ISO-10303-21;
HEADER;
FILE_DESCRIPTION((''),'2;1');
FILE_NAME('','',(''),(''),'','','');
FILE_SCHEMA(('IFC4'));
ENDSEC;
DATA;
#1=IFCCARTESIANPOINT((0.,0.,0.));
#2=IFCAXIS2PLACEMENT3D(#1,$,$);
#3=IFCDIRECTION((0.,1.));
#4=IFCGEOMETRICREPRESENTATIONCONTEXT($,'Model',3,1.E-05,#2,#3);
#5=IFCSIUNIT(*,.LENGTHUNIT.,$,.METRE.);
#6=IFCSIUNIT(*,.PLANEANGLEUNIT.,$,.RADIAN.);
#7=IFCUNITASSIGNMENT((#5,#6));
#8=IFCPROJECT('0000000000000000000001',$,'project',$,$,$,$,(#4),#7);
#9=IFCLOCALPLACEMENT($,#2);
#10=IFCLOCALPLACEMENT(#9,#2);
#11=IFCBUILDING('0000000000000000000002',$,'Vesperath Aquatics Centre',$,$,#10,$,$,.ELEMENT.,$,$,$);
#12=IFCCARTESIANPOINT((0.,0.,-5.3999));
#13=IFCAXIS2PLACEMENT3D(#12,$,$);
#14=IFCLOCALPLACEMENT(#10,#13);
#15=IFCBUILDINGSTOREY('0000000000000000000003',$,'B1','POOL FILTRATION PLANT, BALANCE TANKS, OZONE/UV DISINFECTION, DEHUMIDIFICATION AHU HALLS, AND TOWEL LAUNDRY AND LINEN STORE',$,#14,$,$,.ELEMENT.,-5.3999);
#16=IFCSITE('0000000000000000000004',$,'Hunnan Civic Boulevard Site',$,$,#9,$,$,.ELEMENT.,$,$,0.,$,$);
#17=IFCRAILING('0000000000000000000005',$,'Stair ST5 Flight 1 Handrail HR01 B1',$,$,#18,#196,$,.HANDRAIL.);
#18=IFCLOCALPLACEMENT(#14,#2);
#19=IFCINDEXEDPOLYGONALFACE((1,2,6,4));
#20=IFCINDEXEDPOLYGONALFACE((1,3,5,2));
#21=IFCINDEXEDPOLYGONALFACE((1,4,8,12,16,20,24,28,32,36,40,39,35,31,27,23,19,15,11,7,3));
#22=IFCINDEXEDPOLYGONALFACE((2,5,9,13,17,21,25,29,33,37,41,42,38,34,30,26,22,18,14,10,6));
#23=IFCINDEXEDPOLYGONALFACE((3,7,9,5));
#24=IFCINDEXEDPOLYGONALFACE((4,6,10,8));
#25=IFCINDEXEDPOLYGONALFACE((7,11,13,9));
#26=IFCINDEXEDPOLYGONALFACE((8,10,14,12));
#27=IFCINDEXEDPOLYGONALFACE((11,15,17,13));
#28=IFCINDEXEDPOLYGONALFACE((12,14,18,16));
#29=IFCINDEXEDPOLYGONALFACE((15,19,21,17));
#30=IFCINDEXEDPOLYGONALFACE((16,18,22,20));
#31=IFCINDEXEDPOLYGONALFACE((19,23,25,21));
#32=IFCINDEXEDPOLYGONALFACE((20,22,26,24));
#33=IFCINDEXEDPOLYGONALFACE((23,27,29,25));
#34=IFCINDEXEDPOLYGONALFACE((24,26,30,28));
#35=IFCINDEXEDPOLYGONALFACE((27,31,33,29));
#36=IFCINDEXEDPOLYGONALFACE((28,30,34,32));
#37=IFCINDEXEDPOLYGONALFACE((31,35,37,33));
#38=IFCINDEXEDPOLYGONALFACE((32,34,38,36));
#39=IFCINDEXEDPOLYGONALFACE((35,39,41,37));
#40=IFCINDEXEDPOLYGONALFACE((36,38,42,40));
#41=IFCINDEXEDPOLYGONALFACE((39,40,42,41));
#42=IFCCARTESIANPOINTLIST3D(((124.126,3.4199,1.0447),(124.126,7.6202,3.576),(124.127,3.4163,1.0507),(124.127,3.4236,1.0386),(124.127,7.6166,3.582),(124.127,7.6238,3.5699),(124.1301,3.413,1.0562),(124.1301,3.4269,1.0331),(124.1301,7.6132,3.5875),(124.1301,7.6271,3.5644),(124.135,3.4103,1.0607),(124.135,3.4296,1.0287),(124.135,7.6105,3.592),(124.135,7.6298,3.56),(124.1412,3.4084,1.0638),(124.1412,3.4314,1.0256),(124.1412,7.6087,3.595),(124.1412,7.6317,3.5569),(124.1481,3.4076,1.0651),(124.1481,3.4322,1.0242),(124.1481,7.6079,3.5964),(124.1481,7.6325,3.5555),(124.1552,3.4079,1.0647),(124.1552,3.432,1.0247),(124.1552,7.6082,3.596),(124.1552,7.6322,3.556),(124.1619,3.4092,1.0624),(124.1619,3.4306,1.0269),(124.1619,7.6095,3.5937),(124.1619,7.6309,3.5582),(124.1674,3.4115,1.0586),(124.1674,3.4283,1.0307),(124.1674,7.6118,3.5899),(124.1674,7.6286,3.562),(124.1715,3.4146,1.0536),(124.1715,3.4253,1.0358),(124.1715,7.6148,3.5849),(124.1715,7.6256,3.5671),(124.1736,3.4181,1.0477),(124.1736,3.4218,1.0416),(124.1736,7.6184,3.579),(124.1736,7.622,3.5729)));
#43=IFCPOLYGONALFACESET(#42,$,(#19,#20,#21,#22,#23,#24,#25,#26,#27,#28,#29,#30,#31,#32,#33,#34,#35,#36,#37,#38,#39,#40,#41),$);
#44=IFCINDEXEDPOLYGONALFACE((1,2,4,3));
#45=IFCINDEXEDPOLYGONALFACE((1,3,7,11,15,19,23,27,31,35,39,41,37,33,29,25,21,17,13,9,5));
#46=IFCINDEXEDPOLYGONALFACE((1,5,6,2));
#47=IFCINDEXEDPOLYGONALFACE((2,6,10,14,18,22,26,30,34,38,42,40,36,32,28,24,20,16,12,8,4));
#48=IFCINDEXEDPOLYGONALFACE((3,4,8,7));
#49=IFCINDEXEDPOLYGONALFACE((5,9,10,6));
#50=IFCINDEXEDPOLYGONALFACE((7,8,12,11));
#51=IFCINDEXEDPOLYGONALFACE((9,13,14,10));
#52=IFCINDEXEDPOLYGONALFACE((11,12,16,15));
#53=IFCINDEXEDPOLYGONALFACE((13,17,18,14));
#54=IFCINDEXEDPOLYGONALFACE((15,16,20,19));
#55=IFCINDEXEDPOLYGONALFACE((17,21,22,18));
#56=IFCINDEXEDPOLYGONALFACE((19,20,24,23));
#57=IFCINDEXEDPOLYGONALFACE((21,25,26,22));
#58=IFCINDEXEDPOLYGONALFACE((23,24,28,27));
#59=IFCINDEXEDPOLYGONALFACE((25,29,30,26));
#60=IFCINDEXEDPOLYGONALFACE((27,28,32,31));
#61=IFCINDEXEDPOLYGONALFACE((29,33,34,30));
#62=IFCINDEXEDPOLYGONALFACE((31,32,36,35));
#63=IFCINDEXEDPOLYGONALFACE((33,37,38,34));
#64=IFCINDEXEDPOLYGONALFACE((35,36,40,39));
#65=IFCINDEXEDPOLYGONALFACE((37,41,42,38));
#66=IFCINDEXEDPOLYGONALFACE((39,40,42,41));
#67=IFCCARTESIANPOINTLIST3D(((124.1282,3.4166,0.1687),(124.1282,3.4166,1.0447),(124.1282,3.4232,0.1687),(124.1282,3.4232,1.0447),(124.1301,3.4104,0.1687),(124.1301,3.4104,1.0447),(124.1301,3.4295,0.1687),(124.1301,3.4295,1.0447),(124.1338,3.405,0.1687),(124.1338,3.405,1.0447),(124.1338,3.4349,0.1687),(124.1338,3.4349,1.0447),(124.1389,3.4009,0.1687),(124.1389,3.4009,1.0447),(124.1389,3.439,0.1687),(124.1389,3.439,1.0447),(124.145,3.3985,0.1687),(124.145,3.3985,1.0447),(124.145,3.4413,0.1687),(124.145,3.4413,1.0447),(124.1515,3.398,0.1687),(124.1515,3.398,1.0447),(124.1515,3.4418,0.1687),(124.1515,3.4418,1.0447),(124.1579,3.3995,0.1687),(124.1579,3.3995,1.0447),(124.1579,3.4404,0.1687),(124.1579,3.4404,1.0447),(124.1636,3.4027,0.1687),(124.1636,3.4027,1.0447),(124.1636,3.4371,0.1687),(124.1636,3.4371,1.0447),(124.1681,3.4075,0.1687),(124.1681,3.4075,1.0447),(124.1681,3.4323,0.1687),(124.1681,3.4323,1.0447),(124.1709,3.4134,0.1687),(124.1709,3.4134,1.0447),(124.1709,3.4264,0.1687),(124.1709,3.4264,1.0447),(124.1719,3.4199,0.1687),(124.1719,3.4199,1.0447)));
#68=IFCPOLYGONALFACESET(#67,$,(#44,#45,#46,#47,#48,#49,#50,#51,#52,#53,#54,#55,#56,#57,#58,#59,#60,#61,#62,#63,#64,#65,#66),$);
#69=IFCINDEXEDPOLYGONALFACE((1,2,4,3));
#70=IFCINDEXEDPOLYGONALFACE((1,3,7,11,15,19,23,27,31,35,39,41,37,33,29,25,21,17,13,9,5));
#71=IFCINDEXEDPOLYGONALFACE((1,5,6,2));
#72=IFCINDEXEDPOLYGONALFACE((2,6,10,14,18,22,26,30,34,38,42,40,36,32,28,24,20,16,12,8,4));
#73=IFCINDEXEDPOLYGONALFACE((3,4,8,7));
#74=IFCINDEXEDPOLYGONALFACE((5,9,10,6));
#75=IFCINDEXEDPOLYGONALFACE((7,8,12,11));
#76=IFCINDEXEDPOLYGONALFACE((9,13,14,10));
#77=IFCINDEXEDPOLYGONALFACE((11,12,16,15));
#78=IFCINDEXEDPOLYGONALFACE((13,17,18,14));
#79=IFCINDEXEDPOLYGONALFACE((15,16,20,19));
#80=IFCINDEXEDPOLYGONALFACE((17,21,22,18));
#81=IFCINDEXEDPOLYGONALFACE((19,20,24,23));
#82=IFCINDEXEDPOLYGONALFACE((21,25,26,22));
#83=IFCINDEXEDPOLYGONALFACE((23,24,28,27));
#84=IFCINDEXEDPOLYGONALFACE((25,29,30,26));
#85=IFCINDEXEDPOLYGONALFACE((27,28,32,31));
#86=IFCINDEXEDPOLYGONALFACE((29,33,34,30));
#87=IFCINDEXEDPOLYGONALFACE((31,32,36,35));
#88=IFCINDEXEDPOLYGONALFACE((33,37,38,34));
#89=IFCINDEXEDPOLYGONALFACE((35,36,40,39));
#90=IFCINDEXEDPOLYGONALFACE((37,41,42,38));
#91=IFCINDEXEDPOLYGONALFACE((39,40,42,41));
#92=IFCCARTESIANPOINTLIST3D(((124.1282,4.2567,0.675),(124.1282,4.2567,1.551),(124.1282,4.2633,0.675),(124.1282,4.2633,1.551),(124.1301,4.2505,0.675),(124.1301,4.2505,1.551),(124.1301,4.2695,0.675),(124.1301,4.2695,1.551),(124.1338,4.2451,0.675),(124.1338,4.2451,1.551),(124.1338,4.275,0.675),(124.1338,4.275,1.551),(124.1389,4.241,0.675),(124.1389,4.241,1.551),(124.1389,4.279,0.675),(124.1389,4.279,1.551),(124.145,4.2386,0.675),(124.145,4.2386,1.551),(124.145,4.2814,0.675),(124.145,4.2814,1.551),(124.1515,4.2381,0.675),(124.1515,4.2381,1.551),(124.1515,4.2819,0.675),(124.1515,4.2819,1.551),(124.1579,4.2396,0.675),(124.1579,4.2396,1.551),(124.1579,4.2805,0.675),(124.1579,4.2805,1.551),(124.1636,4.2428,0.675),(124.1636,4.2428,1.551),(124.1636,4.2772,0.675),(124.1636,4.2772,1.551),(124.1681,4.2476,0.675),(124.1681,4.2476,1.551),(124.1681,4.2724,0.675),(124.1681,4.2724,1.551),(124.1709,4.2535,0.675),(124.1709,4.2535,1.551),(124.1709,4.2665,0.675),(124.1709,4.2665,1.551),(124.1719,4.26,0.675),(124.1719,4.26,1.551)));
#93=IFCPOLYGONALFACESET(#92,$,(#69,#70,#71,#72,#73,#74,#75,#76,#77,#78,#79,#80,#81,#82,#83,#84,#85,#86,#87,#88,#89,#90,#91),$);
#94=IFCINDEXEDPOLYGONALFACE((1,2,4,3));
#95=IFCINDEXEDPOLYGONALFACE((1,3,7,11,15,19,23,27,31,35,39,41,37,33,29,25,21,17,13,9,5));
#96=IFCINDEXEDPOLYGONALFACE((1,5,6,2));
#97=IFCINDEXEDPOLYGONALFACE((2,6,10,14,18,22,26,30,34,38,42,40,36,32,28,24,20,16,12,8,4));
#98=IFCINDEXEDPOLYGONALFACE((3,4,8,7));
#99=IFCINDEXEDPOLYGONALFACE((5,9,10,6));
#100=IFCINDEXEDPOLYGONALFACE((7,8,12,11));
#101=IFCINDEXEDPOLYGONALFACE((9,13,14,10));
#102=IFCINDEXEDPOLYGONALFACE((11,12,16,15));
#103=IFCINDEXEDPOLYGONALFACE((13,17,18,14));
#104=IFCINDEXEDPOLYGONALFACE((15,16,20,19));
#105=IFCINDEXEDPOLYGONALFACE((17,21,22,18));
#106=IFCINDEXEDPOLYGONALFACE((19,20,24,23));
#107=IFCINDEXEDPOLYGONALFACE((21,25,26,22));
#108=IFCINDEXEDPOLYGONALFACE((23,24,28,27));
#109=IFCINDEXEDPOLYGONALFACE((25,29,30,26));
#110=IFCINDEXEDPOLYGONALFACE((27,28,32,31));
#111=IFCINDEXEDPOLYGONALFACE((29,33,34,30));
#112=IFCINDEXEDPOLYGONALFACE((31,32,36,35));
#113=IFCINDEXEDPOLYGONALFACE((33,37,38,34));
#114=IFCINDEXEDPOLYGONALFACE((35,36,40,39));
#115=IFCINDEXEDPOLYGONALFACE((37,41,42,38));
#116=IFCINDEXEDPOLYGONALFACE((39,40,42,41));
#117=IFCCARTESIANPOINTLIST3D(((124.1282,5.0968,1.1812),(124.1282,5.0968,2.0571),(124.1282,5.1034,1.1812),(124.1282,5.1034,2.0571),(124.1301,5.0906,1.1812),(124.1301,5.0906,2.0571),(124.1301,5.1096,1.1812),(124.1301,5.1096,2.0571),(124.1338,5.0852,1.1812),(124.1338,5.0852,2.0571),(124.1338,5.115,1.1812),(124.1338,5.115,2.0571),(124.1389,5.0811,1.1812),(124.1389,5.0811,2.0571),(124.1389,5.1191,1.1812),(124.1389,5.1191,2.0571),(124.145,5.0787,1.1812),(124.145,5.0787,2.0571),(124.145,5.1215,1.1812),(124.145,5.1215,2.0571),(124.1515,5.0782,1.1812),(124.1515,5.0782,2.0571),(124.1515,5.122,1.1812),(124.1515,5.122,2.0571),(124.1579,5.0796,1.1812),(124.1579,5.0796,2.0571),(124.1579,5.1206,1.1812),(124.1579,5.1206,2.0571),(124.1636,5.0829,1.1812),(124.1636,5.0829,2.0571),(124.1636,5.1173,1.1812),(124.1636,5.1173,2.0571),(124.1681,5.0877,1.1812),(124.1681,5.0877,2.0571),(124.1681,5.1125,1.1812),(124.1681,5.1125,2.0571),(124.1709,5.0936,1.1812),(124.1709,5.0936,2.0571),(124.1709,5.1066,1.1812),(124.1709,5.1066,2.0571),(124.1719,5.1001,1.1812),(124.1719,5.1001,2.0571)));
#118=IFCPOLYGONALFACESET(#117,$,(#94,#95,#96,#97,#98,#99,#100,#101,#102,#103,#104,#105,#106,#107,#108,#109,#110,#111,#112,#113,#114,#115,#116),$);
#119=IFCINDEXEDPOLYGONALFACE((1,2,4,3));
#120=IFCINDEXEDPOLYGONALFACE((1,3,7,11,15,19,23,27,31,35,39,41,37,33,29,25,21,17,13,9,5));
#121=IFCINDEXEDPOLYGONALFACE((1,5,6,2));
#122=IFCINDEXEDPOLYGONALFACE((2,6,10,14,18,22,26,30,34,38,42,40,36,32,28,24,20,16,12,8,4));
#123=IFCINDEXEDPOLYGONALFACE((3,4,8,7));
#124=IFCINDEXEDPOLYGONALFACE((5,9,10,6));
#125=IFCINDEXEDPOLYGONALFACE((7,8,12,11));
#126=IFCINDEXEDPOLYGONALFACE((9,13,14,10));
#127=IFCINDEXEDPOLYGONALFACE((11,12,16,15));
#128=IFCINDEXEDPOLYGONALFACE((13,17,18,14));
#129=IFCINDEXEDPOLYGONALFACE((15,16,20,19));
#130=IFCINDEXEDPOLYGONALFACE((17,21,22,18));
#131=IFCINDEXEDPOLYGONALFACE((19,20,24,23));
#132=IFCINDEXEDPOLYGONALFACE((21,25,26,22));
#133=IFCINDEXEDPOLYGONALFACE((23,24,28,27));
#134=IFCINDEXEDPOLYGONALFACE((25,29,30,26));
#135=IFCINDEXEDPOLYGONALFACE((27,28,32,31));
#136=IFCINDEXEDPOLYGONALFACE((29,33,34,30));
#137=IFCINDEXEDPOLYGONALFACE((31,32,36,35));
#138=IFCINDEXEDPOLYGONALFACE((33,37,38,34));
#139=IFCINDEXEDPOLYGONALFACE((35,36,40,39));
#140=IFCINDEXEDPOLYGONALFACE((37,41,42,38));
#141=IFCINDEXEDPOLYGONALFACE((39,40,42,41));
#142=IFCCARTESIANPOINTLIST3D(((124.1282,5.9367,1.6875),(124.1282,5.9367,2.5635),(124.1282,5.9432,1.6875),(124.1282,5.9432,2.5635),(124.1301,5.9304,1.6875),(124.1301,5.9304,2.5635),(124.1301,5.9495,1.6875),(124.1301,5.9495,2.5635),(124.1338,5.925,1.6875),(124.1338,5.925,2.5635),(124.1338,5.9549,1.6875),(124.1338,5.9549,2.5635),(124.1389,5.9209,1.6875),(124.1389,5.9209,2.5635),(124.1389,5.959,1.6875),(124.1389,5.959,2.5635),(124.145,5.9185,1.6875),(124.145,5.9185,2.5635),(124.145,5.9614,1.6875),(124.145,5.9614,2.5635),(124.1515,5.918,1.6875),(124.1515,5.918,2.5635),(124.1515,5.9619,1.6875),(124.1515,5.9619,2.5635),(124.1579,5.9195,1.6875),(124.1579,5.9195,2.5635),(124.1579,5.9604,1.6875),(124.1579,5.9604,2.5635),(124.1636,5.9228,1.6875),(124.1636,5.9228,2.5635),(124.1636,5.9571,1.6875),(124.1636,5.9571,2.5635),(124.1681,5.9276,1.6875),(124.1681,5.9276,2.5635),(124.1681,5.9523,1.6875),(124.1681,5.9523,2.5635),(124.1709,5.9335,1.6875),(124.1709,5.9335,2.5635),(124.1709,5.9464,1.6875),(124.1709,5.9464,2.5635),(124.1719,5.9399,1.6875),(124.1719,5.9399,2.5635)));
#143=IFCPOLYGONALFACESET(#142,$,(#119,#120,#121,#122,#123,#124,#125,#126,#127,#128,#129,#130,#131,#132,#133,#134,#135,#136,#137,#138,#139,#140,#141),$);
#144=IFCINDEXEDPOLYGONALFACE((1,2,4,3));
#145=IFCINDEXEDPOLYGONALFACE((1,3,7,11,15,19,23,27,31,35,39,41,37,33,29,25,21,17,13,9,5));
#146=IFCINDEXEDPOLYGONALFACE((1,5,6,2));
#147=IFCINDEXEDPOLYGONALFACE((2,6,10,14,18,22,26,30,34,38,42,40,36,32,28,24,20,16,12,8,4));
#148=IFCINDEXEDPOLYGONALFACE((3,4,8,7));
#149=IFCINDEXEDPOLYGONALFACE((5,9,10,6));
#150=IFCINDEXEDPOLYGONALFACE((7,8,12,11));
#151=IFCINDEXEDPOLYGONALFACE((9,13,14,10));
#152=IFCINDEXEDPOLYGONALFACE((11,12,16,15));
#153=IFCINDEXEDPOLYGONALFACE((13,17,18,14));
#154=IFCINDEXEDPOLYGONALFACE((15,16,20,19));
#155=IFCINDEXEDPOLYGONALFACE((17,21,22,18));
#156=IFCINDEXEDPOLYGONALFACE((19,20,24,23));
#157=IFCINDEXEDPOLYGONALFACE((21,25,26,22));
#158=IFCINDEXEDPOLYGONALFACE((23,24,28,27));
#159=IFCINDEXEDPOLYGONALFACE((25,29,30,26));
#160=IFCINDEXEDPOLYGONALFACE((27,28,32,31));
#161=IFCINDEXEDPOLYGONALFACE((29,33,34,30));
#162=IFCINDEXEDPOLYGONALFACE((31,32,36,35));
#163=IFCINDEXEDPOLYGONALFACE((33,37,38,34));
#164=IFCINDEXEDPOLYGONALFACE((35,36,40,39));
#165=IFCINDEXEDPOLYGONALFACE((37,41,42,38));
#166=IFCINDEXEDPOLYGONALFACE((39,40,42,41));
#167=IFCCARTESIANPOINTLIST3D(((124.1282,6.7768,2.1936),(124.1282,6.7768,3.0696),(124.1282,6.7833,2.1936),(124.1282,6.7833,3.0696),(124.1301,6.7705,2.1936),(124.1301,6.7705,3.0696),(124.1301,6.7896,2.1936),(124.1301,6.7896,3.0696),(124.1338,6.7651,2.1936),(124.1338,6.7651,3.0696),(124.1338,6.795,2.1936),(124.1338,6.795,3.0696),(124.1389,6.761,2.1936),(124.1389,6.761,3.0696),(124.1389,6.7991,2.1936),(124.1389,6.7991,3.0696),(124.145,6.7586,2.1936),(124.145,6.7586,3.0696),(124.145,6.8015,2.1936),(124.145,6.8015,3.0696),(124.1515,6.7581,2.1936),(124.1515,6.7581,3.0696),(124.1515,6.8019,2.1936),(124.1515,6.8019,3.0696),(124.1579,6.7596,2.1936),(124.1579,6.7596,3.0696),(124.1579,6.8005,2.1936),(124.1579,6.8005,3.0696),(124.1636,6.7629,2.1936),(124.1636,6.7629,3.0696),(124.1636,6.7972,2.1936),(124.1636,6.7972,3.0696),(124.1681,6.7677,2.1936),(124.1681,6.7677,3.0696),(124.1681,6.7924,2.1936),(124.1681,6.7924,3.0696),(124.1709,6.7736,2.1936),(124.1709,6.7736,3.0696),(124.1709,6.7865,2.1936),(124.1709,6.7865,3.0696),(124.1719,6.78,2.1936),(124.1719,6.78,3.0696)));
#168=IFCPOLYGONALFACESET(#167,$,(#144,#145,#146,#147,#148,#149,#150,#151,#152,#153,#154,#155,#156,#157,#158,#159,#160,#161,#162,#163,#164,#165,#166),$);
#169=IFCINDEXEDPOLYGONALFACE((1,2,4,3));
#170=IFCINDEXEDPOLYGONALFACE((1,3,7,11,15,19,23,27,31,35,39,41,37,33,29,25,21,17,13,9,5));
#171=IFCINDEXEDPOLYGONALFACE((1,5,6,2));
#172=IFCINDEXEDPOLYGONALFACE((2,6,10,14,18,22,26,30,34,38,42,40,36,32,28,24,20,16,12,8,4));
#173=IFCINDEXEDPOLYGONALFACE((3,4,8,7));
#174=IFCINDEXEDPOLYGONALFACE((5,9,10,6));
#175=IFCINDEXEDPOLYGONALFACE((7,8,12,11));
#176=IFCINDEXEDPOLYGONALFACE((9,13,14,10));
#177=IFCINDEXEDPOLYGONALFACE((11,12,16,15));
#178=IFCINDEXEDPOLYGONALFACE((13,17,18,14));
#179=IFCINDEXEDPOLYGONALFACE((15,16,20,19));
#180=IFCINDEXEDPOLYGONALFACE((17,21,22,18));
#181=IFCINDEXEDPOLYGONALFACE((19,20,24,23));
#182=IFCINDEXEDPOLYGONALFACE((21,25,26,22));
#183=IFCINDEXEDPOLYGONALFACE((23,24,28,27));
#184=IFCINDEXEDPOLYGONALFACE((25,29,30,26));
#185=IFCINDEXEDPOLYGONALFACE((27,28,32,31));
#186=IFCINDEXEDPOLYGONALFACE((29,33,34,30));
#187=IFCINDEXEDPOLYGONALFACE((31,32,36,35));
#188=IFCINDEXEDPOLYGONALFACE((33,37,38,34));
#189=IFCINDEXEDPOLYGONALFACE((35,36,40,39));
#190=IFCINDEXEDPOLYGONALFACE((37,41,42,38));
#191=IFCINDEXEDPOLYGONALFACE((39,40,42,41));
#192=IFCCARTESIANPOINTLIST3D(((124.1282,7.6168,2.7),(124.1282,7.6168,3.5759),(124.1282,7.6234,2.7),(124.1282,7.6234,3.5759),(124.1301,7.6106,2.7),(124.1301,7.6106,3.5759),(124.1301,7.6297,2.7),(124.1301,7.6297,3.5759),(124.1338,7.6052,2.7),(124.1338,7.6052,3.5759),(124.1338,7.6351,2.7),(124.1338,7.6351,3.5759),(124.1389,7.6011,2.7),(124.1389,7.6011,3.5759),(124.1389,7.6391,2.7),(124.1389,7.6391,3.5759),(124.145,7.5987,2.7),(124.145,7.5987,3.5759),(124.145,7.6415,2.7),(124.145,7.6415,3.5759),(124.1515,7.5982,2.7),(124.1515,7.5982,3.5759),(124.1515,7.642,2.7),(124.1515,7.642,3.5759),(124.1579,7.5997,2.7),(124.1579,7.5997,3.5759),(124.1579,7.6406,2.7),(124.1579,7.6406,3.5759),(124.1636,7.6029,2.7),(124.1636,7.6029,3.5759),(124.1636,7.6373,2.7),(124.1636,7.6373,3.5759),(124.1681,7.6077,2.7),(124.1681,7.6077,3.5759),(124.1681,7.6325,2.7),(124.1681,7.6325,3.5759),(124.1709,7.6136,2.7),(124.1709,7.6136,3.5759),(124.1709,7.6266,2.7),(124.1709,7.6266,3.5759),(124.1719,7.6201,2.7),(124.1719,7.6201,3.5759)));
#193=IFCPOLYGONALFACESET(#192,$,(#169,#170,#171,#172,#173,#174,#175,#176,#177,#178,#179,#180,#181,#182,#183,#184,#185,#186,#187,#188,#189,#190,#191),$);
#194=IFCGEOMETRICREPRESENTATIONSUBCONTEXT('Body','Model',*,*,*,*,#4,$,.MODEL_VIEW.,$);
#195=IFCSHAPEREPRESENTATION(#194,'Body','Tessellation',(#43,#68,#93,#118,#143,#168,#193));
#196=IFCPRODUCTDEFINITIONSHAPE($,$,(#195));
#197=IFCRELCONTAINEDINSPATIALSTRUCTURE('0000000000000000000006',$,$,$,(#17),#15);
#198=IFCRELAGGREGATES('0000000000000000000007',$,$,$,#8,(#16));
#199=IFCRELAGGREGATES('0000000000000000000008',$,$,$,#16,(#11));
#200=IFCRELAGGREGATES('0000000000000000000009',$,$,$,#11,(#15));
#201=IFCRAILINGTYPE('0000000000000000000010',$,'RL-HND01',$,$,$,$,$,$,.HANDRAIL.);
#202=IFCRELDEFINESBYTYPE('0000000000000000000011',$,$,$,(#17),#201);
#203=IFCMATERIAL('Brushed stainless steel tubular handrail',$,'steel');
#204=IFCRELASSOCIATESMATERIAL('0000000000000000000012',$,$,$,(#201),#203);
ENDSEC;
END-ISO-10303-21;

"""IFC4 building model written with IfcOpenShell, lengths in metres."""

from ifc_helpers import new_model, si_unit, direction, frame, origin, origin_2d, place, context, subcontext, project, spatial, circle, extrude, material, type_object, element, save


model = new_model("IFC4")

# Units and contexts
model_context = context("Model", 3, precision=1e-05, world=origin(), true_north=direction((0.0, 1.0)))
body_context = subcontext(model_context, "Body", "Model", "MODEL_VIEW")
ifc_project = project(units=[si_unit("LENGTHUNIT", "METRE"), si_unit("PLANEANGLEUNIT", "RADIAN")], contexts=[model_context])

# Site, building, storey
site_placement = place(None, origin())
site = spatial("IfcSite", under=ifc_project, at=site_placement, Name="Hunnan Civic Boulevard Site", CompositionType="ELEMENT", RefElevation=0.0)
building_placement = place(site_placement, origin())
building = spatial("IfcBuilding", under=site, at=building_placement, Name="Vesperath Aquatics Centre", CompositionType="ELEMENT")
storey_placement = place(building_placement, frame((0.0, 0.0, -5.3999)))
storey = spatial("IfcBuildingStorey", under=building, at=storey_placement, Name="B1", Description="POOL FILTRATION PLANT, BALANCE TANKS, OZONE/UV DISINFECTION, DEHUMIDIFICATION AHU HALLS, AND TOWEL LAUNDRY AND LINEN STORE", CompositionType="ELEMENT", Elevation=-5.3999)

# Railing
ifc_material_1 = material(Name="Brushed stainless steel tubular handrail", Category="steel")
railing_type = type_object("IfcRailingType", Name="RL-HND01", PredefinedType="HANDRAIL", material=ifc_material_1)
railing_placement = place(storey_placement, frame((124.1499, 3.4199, 0.1687)))
element("IfcRailing", 1, at=railing_placement, inside=storey, type_object=railing_type, Name="Stair ST5 Flight 1 Handrail HR01 B1", PredefinedType="HANDRAIL", context=body_context, shape_type="SweptSolid", body=[
    extrude(circle(Radius=0.0239, at=origin_2d()), frame((0.0, 0.0, 0.876), z_axis=(0.0, 0.85649, 0.516164), x_axis=(-1.0, 0.0, 0.0)), (0.0, 0.0, 1.0), 4.9041),
    extrude(circle(Radius=0.022, at=origin_2d()), origin(), (0.0, 0.0, 1.0), 0.876),
    extrude(circle(Radius=0.022, at=origin_2d()), frame((0.0, 0.8401, 0.5063)), (0.0, 0.0, 1.0), 0.876),
    extrude(circle(Radius=0.022, at=origin_2d()), frame((0.0, 1.6802, 1.0125)), (0.0, 0.0, 1.0), 0.876),
    extrude(circle(Radius=0.022, at=origin_2d()), frame((0.0, 2.52, 1.5188)), (0.0, 0.0, 1.0), 0.876),
    extrude(circle(Radius=0.022, at=origin_2d()), frame((0.0, 3.3601, 2.0249)), (0.0, 0.0, 1.0), 0.876),
    extrude(circle(Radius=0.022, at=origin_2d()), frame((0.0, 4.2002, 2.5312)), (0.0, 0.0, 1.0), 0.876),
])

save(model, "model.ifc")
